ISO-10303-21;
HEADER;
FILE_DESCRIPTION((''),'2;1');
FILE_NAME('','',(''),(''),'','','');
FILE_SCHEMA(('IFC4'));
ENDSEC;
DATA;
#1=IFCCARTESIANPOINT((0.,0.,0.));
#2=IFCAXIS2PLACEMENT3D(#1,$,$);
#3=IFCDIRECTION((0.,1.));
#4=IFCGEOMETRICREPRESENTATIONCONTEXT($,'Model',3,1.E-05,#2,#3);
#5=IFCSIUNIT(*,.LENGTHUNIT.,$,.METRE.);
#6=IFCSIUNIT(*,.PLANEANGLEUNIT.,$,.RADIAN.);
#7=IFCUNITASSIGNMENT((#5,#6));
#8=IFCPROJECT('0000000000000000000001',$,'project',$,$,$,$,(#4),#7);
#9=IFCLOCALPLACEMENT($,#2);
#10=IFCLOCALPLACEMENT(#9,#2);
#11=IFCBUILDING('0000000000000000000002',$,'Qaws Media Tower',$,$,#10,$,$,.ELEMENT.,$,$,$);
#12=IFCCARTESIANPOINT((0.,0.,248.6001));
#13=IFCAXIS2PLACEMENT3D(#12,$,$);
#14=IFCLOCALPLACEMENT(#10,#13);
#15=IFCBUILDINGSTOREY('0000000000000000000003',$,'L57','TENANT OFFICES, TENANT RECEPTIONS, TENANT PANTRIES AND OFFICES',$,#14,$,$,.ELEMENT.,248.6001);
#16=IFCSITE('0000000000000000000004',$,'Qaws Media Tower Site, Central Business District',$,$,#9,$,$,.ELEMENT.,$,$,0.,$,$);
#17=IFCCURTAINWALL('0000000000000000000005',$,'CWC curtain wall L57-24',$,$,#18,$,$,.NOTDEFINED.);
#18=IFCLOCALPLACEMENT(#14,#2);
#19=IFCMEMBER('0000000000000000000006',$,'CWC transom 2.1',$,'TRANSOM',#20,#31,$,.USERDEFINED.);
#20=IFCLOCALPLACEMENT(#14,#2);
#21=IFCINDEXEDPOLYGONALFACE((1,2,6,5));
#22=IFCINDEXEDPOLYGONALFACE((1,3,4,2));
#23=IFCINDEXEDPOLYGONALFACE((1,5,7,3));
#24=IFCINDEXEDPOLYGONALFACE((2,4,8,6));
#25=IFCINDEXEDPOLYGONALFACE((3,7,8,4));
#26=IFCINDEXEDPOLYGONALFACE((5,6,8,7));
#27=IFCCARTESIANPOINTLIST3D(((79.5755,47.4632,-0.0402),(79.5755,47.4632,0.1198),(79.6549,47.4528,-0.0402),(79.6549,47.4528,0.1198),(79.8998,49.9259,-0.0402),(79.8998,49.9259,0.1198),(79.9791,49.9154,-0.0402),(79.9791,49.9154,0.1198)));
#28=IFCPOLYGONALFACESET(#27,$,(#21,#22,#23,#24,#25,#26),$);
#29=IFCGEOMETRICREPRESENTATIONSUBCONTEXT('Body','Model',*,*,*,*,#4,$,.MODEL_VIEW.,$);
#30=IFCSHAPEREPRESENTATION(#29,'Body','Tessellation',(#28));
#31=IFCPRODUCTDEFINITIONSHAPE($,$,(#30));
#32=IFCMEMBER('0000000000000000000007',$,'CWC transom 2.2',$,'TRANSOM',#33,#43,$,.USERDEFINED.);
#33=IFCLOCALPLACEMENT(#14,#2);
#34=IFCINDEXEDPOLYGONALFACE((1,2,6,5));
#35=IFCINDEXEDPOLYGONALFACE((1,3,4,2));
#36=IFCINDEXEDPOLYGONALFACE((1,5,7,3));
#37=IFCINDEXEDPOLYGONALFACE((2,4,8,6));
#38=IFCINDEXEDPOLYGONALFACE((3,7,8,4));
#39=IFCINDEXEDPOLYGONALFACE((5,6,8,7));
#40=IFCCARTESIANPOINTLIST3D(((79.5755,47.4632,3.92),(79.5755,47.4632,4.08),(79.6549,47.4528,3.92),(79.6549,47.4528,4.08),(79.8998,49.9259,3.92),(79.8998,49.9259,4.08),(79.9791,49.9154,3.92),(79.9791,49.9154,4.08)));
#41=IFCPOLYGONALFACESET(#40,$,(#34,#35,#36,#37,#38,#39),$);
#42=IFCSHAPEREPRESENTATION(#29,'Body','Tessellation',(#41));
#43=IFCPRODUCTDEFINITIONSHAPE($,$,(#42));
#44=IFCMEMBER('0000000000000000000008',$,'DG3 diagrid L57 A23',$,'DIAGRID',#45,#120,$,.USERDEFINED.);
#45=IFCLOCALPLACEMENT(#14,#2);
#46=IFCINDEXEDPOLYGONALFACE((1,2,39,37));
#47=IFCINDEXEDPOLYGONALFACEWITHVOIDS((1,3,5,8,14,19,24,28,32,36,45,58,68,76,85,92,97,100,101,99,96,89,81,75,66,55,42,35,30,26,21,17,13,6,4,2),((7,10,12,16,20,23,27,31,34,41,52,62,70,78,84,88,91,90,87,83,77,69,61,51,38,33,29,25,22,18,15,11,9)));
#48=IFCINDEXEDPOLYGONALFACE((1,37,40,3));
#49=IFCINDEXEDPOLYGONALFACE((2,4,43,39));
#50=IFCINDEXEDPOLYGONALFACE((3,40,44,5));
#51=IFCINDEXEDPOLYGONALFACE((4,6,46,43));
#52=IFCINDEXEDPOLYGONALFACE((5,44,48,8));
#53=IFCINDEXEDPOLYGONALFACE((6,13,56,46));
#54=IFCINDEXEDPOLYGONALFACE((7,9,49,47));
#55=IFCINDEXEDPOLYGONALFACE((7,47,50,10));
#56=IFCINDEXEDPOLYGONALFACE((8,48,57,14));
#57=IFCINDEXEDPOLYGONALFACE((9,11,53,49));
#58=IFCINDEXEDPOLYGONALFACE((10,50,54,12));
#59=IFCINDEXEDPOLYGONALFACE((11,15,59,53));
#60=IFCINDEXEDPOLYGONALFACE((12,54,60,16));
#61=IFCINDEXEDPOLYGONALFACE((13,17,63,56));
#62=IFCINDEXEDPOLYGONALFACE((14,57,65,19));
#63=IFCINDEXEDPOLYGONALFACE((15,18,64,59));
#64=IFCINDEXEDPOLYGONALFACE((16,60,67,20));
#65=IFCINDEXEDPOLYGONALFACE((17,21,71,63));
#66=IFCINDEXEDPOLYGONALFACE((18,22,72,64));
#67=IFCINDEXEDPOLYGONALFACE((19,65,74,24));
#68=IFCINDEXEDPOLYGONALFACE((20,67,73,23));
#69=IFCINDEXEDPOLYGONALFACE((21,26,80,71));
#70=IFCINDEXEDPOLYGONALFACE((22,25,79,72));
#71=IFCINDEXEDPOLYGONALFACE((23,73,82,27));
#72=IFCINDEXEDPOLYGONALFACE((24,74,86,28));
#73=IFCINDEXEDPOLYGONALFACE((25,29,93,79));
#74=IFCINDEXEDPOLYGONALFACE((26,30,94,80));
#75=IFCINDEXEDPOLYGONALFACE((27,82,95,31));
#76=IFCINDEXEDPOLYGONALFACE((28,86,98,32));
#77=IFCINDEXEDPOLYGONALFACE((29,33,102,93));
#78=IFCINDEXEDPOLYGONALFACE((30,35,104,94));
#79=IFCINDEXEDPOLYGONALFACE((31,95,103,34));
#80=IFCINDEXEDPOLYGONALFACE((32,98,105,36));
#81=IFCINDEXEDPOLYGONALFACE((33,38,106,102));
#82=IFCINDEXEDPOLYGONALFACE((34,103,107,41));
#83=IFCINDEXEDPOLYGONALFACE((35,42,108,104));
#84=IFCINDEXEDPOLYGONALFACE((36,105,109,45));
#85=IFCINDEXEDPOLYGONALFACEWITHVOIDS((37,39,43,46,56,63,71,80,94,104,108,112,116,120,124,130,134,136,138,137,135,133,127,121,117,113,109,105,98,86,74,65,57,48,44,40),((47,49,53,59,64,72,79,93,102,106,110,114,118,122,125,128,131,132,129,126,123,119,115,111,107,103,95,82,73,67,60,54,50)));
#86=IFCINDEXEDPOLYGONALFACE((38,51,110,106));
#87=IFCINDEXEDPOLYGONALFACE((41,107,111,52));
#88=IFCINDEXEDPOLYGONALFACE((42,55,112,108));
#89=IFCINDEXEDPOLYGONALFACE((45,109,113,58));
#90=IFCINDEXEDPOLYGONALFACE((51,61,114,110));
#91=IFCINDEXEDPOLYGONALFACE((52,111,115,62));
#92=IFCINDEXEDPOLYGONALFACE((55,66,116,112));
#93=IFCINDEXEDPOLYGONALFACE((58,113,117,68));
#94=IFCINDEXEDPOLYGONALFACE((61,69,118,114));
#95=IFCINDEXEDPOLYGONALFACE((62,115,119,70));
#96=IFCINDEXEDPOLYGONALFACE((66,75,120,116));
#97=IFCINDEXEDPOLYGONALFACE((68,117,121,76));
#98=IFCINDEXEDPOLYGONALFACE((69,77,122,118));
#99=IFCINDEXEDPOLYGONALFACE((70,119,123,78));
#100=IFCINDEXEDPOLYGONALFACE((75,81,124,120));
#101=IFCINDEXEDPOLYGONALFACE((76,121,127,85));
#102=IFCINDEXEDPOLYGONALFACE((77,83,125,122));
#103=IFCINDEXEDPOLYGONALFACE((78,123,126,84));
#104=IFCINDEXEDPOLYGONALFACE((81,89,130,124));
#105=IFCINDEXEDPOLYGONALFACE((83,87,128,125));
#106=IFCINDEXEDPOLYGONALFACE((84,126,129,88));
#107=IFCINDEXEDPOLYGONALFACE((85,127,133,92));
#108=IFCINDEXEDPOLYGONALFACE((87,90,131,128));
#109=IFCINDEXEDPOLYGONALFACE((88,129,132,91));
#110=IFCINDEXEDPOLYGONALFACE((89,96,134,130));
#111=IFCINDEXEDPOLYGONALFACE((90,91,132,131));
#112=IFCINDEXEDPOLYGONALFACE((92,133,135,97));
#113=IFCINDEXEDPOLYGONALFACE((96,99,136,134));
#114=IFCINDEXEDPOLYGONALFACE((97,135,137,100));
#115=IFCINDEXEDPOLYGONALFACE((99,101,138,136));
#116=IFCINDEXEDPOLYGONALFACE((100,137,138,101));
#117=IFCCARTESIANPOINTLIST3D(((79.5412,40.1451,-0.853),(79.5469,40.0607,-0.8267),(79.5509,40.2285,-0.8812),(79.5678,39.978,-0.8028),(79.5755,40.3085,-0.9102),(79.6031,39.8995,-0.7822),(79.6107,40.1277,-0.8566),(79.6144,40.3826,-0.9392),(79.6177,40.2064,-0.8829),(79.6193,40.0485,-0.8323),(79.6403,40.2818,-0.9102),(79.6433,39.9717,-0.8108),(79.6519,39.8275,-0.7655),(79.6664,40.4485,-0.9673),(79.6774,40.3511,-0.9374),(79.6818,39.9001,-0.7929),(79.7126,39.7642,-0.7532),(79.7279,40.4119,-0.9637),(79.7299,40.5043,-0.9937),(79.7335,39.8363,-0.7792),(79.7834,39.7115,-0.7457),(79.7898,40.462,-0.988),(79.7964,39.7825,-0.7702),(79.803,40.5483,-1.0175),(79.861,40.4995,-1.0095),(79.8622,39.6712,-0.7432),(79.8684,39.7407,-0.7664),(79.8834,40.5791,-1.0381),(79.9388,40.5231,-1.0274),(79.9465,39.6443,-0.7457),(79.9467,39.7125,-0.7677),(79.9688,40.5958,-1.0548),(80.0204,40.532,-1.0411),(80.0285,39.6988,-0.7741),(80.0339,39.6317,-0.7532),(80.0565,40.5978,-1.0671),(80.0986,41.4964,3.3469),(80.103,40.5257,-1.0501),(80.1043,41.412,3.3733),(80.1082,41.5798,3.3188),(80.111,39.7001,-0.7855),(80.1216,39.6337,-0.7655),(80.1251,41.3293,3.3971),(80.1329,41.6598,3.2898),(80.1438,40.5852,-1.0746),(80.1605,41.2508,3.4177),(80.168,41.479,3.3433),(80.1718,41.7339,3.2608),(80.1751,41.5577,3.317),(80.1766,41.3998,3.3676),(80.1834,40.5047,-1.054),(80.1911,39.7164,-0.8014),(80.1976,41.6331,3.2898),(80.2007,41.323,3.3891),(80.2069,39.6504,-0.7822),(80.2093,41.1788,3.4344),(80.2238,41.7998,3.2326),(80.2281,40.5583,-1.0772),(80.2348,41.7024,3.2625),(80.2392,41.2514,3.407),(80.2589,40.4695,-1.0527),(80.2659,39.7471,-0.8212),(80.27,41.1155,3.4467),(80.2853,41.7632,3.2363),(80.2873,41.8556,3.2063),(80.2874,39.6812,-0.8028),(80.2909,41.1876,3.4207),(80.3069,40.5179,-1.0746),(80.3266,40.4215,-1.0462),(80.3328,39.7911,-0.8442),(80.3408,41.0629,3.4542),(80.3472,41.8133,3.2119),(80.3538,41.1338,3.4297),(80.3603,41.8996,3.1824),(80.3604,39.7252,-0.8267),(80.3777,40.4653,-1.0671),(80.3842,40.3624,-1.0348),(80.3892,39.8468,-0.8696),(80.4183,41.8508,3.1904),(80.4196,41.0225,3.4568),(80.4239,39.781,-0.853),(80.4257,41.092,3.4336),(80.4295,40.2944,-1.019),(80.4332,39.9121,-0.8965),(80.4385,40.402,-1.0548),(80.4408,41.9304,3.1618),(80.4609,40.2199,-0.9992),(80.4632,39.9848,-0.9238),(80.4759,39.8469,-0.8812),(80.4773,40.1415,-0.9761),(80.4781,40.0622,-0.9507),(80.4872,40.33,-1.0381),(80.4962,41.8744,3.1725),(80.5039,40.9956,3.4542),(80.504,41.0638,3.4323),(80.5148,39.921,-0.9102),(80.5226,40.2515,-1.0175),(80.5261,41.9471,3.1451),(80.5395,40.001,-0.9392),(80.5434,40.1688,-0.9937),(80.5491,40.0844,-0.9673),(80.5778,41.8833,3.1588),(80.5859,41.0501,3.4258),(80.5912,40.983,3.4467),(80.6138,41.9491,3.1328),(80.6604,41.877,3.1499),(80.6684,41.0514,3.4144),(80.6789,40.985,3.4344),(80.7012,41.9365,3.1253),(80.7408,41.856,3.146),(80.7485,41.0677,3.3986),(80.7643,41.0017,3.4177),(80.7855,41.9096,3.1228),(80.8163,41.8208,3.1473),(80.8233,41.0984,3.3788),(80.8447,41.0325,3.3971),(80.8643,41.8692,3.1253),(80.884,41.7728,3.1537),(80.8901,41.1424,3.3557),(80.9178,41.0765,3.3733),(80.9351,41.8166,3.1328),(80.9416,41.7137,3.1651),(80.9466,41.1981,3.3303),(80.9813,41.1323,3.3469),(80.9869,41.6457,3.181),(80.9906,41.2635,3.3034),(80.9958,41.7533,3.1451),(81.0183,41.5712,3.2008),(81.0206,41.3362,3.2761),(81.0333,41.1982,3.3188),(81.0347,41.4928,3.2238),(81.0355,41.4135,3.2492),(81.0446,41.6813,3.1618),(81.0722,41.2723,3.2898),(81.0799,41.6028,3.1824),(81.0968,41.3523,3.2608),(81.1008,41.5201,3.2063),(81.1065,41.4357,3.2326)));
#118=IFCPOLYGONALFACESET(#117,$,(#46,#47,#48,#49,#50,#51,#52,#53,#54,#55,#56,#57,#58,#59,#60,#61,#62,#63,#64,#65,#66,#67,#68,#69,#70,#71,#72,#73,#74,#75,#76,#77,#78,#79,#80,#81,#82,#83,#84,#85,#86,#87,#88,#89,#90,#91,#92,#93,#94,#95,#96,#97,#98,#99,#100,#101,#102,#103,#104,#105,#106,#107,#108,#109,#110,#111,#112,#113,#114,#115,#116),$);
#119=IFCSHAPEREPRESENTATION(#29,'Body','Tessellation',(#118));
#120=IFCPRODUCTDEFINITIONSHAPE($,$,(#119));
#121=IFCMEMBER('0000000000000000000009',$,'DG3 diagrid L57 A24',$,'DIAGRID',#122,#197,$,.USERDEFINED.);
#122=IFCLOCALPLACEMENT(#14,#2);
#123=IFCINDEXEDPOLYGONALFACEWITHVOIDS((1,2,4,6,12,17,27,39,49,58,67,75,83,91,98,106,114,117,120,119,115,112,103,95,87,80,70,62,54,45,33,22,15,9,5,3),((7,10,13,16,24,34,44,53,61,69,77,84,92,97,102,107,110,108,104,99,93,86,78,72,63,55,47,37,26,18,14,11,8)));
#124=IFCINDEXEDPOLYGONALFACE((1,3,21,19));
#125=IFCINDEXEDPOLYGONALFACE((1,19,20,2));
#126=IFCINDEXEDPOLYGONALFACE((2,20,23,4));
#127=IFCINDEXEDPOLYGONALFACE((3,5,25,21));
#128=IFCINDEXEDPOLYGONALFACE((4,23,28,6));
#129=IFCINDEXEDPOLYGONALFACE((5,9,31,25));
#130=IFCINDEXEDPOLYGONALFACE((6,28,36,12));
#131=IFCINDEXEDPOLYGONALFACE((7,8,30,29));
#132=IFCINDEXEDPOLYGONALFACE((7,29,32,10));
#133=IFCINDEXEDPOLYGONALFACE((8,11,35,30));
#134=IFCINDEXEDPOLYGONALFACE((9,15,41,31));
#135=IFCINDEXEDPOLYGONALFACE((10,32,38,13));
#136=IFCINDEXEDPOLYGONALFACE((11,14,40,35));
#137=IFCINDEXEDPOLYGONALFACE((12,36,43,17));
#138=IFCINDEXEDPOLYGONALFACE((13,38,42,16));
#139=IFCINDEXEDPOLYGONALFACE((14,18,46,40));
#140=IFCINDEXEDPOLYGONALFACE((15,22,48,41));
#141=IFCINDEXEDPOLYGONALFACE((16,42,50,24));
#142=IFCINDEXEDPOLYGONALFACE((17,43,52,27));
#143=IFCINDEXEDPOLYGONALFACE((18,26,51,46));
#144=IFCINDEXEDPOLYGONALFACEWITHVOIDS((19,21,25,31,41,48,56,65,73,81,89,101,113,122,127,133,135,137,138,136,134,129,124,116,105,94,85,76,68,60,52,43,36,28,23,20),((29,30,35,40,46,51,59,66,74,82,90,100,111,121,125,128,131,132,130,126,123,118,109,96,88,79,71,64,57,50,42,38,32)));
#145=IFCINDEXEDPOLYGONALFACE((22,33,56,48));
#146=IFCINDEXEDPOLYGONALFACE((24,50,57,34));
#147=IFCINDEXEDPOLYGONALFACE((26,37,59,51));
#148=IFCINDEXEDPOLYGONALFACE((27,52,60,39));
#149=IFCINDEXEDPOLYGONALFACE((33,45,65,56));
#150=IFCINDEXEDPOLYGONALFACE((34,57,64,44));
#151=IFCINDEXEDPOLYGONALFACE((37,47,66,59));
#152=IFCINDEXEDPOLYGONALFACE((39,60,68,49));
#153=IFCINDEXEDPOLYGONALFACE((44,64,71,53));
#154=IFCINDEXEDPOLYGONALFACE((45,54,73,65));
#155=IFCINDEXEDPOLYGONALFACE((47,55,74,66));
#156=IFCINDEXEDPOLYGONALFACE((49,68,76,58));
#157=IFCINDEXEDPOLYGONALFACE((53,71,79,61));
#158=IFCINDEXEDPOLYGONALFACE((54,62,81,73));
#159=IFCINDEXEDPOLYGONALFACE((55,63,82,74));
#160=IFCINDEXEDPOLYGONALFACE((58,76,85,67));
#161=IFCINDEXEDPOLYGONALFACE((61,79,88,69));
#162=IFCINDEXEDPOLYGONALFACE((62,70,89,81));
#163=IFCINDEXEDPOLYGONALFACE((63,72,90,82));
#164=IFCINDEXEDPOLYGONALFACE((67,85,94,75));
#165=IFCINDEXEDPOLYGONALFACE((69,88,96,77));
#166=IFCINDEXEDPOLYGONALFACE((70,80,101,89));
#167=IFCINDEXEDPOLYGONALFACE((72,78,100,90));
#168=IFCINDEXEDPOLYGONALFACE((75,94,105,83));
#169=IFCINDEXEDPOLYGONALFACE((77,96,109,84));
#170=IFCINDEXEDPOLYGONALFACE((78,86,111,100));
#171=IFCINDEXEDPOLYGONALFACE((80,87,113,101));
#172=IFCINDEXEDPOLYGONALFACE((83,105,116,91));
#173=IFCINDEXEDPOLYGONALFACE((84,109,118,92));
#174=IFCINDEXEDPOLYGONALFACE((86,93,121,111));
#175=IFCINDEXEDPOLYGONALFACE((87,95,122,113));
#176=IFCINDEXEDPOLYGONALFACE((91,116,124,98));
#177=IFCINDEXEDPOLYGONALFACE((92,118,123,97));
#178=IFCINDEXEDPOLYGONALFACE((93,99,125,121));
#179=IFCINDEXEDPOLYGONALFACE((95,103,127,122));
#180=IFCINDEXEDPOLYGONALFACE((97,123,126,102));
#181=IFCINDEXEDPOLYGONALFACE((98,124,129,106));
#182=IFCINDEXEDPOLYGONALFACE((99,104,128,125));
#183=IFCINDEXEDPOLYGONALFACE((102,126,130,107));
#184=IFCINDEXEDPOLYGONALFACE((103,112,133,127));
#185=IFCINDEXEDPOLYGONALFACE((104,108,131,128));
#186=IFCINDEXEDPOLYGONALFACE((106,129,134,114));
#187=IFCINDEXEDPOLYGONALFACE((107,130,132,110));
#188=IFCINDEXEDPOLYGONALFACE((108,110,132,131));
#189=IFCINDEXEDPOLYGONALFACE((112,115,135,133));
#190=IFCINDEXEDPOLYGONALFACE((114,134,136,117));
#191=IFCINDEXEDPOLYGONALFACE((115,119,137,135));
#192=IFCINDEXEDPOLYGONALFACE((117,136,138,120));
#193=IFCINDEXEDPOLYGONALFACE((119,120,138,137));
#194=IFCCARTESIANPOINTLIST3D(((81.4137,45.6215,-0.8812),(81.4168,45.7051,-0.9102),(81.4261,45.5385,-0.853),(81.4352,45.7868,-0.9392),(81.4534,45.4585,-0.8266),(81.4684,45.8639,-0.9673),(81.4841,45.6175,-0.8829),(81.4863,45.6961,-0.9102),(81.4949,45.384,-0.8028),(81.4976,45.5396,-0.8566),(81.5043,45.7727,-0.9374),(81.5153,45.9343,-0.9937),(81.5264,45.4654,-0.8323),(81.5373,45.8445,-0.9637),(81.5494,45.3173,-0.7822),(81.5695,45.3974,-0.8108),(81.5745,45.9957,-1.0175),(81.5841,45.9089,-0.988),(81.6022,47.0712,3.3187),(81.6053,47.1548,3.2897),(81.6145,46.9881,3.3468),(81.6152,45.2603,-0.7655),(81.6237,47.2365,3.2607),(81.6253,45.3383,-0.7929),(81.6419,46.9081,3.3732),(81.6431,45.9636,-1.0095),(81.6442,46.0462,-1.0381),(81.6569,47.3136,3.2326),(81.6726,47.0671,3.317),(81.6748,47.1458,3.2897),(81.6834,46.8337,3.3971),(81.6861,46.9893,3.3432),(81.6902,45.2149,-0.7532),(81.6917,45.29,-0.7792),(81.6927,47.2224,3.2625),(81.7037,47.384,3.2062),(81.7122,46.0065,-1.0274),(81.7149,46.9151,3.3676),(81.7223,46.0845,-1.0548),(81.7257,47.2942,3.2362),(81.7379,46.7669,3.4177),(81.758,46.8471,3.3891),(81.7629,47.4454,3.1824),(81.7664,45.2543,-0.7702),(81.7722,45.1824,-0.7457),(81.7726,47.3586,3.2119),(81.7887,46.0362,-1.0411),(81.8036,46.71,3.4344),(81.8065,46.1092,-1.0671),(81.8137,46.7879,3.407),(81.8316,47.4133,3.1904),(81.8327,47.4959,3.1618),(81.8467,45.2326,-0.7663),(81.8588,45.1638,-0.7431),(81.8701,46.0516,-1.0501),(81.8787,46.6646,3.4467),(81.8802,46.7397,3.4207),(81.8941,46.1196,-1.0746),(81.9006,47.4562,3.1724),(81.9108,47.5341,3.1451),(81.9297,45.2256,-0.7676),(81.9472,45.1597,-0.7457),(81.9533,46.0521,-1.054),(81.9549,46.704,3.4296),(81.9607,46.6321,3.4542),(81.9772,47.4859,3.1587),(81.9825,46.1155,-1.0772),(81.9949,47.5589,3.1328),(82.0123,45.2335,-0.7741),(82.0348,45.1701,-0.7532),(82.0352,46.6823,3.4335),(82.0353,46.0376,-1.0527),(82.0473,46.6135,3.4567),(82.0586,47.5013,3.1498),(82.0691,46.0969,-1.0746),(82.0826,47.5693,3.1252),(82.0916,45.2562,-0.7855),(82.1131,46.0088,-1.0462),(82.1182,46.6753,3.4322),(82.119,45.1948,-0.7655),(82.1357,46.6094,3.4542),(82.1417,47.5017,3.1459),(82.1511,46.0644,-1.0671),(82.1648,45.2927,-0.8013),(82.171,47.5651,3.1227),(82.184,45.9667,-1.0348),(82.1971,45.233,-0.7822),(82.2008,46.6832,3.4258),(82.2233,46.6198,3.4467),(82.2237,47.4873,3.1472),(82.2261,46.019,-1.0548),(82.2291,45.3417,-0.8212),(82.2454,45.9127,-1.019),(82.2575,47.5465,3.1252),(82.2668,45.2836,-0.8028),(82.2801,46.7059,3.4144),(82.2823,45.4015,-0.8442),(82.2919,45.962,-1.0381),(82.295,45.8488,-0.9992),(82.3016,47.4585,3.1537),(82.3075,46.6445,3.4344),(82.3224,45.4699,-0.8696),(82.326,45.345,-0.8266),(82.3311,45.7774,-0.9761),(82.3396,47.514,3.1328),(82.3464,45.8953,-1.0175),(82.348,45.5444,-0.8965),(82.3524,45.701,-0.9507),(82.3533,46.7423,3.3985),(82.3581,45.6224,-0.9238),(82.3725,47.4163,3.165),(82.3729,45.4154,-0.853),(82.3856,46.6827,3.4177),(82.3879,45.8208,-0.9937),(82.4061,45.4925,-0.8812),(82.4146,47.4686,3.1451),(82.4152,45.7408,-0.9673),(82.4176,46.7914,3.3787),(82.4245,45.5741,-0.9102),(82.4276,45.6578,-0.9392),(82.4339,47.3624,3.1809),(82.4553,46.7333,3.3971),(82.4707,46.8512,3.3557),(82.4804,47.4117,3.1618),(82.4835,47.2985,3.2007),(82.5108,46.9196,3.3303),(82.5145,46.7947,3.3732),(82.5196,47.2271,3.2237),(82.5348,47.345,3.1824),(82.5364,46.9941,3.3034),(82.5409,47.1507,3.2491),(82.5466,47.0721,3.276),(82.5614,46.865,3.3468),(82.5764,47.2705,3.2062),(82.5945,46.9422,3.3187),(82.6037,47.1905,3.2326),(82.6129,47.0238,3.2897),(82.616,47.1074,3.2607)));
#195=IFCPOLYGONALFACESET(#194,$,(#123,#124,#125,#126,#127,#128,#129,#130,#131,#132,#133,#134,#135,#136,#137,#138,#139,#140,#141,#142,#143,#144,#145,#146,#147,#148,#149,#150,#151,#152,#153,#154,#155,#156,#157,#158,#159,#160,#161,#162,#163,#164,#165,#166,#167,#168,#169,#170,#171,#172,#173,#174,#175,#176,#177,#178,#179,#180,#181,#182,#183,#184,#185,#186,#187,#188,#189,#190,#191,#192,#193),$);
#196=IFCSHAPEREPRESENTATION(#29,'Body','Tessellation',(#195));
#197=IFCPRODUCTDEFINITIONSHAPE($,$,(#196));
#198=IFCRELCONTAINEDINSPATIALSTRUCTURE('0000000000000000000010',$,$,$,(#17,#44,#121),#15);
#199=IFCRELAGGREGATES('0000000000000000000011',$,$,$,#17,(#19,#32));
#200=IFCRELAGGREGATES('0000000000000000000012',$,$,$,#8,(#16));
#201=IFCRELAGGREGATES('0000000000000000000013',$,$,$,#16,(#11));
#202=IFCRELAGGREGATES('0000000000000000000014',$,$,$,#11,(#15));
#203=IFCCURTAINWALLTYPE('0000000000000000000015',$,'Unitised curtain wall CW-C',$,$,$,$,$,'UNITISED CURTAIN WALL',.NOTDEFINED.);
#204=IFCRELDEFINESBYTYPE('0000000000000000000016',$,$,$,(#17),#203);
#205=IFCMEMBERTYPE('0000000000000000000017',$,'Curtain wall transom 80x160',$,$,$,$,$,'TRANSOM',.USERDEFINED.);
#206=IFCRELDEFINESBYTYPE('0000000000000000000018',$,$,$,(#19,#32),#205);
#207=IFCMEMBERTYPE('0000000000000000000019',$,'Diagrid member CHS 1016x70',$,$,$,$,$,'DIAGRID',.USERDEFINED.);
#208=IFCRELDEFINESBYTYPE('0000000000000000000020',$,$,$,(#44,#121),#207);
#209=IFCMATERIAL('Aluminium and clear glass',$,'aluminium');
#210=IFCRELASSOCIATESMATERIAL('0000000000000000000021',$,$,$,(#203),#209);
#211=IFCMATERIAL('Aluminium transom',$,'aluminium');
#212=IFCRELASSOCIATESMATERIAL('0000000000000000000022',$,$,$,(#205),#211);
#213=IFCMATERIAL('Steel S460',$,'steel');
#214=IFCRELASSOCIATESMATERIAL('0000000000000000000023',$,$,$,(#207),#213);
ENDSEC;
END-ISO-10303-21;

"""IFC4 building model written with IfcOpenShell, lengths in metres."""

from ifc_helpers import new_model, si_unit, direction, frame, origin, origin_2d, place, context, subcontext, project, spatial, rectangle, hollow_circle, extrude, material, material_profile, profile_set, type_object, element, aggregate, save


model = new_model("IFC4")

# Units and contexts
model_context = context("Model", 3, precision=1e-05, world=origin(), true_north=direction((0.0, 1.0)))
body_context = subcontext(model_context, "Body", "Model", "MODEL_VIEW")
ifc_project = project(units=[si_unit("LENGTHUNIT", "METRE"), si_unit("PLANEANGLEUNIT", "RADIAN")], contexts=[model_context])

# Site, building, storey
site_placement = place(None, origin())
site = spatial("IfcSite", under=ifc_project, at=site_placement, Name="Qaws Media Tower Site, Central Business District", CompositionType="ELEMENT", RefElevation=0.0)
building_placement = place(site_placement, origin())
building = spatial("IfcBuilding", under=site, at=building_placement, Name="Qaws Media Tower", CompositionType="ELEMENT")
storey_placement = place(building_placement, frame((0.0, 0.0, 248.6001)))
storey = spatial("IfcBuildingStorey", under=building, at=storey_placement, Name="L57", Description="TENANT OFFICES, TENANT RECEPTIONS, TENANT PANTRIES AND OFFICES", CompositionType="ELEMENT", Elevation=248.6001)

# Curtain wall
ifc_material_1 = material(Name="Aluminium and clear glass", Category="aluminium")
curtain_wall_type = type_object("IfcCurtainWallType", Name="Unitised curtain wall CW-C", ElementType="UNITISED CURTAIN WALL", PredefinedType="NOTDEFINED", material=ifc_material_1)
curtain_wall_1_placement = place(storey_placement, origin())
curtain_wall_1 = element("IfcCurtainWall", 1, at=curtain_wall_1_placement, inside=storey, type_object=curtain_wall_type, Name="CWC curtain wall L57-24", PredefinedType="NOTDEFINED")

# Members
ifc_material_2 = material(Name="Aluminium transom", Category="aluminium")
ifc_material_profile_1 = material_profile(ifc_material_2, rectangle(XDim=0.0801, YDim=0.1599, at=origin_2d()), Name="80x160")
ifc_profile_set_1 = profile_set([ifc_material_profile_1], Name="Aluminium transom")
member_type_1 = type_object("IfcMemberType", Name="Curtain wall transom 80x160", ElementType="TRANSOM", PredefinedType="USERDEFINED", material=ifc_profile_set_1)
member_1_placement = place(storey_placement, frame((79.6152, 47.458, 0.0398), z_axis=(0.130528, 0.991445, 0.0), x_axis=(-0.991445, 0.130528, 0.0)))
member_1 = element("IfcMember", 2, at=member_1_placement, type_object=member_type_1, Name="CWC transom 2.1", ObjectType="TRANSOM", PredefinedType="USERDEFINED", context=body_context, shape_type="SweptSolid", body=[
    extrude(rectangle(XDim=0.0801, YDim=0.1599, at=origin_2d()), origin(), (0.0, 0.0, 1.0), 2.4839),
])
member_2_placement = place(storey_placement, frame((79.6152, 47.458, 4.0), z_axis=(0.130528, 0.991445, 0.0), x_axis=(-0.991445, 0.130528, 0.0)))
member_2 = element("IfcMember", 3, at=member_2_placement, type_object=member_type_1, Name="CWC transom 2.2", ObjectType="TRANSOM", PredefinedType="USERDEFINED", context=body_context, shape_type="SweptSolid", body=[
    extrude(rectangle(XDim=0.0801, YDim=0.1599, at=origin_2d()), origin(), (0.0, 0.0, 1.0), 2.4839),
])

# Members
ifc_material_3 = material(Name="Steel S460", Category="steel")
ifc_material_profile_2 = material_profile(ifc_material_3, hollow_circle(Radius=0.5081, WallThickness=0.0701, at=origin_2d()), Name="CHS 1016x70")
ifc_profile_set_2 = profile_set([ifc_material_profile_2], Name="Steel S460")
member_type_2 = type_object("IfcMemberType", Name="Diagrid member CHS 1016x70", ElementType="DIAGRID", PredefinedType="USERDEFINED", material=ifc_profile_set_2)
for number, where, z_axis, x_axis, name in (
    (4, (80.0452, 40.1147, -0.9102), (0.125335, 0.303868, 0.944434), (-0.92445, 0.381304, 0.0), "DG3 diagrid L57 A23"),
    (5, (81.9207, 45.6396, -0.9102), (0.042382, 0.325989, 0.944423), (-0.991654, 0.128925, 0.0), "DG3 diagrid L57 A24"),
):
    element("IfcMember", number, at=place(storey_placement, frame(where, z_axis=z_axis, x_axis=x_axis)), inside=storey, type_object=member_type_2, Name=name, ObjectType="DIAGRID", PredefinedType="USERDEFINED", context=body_context, shape_type="SweptSolid", body=[
        extrude(hollow_circle(Radius=0.5081, WallThickness=0.0701, at=origin_2d()), origin(), (0.0, 0.0, 1.0), 4.447),
    ])

aggregate(curtain_wall_1, [member_1, member_2])

save(model, "model.ifc")
